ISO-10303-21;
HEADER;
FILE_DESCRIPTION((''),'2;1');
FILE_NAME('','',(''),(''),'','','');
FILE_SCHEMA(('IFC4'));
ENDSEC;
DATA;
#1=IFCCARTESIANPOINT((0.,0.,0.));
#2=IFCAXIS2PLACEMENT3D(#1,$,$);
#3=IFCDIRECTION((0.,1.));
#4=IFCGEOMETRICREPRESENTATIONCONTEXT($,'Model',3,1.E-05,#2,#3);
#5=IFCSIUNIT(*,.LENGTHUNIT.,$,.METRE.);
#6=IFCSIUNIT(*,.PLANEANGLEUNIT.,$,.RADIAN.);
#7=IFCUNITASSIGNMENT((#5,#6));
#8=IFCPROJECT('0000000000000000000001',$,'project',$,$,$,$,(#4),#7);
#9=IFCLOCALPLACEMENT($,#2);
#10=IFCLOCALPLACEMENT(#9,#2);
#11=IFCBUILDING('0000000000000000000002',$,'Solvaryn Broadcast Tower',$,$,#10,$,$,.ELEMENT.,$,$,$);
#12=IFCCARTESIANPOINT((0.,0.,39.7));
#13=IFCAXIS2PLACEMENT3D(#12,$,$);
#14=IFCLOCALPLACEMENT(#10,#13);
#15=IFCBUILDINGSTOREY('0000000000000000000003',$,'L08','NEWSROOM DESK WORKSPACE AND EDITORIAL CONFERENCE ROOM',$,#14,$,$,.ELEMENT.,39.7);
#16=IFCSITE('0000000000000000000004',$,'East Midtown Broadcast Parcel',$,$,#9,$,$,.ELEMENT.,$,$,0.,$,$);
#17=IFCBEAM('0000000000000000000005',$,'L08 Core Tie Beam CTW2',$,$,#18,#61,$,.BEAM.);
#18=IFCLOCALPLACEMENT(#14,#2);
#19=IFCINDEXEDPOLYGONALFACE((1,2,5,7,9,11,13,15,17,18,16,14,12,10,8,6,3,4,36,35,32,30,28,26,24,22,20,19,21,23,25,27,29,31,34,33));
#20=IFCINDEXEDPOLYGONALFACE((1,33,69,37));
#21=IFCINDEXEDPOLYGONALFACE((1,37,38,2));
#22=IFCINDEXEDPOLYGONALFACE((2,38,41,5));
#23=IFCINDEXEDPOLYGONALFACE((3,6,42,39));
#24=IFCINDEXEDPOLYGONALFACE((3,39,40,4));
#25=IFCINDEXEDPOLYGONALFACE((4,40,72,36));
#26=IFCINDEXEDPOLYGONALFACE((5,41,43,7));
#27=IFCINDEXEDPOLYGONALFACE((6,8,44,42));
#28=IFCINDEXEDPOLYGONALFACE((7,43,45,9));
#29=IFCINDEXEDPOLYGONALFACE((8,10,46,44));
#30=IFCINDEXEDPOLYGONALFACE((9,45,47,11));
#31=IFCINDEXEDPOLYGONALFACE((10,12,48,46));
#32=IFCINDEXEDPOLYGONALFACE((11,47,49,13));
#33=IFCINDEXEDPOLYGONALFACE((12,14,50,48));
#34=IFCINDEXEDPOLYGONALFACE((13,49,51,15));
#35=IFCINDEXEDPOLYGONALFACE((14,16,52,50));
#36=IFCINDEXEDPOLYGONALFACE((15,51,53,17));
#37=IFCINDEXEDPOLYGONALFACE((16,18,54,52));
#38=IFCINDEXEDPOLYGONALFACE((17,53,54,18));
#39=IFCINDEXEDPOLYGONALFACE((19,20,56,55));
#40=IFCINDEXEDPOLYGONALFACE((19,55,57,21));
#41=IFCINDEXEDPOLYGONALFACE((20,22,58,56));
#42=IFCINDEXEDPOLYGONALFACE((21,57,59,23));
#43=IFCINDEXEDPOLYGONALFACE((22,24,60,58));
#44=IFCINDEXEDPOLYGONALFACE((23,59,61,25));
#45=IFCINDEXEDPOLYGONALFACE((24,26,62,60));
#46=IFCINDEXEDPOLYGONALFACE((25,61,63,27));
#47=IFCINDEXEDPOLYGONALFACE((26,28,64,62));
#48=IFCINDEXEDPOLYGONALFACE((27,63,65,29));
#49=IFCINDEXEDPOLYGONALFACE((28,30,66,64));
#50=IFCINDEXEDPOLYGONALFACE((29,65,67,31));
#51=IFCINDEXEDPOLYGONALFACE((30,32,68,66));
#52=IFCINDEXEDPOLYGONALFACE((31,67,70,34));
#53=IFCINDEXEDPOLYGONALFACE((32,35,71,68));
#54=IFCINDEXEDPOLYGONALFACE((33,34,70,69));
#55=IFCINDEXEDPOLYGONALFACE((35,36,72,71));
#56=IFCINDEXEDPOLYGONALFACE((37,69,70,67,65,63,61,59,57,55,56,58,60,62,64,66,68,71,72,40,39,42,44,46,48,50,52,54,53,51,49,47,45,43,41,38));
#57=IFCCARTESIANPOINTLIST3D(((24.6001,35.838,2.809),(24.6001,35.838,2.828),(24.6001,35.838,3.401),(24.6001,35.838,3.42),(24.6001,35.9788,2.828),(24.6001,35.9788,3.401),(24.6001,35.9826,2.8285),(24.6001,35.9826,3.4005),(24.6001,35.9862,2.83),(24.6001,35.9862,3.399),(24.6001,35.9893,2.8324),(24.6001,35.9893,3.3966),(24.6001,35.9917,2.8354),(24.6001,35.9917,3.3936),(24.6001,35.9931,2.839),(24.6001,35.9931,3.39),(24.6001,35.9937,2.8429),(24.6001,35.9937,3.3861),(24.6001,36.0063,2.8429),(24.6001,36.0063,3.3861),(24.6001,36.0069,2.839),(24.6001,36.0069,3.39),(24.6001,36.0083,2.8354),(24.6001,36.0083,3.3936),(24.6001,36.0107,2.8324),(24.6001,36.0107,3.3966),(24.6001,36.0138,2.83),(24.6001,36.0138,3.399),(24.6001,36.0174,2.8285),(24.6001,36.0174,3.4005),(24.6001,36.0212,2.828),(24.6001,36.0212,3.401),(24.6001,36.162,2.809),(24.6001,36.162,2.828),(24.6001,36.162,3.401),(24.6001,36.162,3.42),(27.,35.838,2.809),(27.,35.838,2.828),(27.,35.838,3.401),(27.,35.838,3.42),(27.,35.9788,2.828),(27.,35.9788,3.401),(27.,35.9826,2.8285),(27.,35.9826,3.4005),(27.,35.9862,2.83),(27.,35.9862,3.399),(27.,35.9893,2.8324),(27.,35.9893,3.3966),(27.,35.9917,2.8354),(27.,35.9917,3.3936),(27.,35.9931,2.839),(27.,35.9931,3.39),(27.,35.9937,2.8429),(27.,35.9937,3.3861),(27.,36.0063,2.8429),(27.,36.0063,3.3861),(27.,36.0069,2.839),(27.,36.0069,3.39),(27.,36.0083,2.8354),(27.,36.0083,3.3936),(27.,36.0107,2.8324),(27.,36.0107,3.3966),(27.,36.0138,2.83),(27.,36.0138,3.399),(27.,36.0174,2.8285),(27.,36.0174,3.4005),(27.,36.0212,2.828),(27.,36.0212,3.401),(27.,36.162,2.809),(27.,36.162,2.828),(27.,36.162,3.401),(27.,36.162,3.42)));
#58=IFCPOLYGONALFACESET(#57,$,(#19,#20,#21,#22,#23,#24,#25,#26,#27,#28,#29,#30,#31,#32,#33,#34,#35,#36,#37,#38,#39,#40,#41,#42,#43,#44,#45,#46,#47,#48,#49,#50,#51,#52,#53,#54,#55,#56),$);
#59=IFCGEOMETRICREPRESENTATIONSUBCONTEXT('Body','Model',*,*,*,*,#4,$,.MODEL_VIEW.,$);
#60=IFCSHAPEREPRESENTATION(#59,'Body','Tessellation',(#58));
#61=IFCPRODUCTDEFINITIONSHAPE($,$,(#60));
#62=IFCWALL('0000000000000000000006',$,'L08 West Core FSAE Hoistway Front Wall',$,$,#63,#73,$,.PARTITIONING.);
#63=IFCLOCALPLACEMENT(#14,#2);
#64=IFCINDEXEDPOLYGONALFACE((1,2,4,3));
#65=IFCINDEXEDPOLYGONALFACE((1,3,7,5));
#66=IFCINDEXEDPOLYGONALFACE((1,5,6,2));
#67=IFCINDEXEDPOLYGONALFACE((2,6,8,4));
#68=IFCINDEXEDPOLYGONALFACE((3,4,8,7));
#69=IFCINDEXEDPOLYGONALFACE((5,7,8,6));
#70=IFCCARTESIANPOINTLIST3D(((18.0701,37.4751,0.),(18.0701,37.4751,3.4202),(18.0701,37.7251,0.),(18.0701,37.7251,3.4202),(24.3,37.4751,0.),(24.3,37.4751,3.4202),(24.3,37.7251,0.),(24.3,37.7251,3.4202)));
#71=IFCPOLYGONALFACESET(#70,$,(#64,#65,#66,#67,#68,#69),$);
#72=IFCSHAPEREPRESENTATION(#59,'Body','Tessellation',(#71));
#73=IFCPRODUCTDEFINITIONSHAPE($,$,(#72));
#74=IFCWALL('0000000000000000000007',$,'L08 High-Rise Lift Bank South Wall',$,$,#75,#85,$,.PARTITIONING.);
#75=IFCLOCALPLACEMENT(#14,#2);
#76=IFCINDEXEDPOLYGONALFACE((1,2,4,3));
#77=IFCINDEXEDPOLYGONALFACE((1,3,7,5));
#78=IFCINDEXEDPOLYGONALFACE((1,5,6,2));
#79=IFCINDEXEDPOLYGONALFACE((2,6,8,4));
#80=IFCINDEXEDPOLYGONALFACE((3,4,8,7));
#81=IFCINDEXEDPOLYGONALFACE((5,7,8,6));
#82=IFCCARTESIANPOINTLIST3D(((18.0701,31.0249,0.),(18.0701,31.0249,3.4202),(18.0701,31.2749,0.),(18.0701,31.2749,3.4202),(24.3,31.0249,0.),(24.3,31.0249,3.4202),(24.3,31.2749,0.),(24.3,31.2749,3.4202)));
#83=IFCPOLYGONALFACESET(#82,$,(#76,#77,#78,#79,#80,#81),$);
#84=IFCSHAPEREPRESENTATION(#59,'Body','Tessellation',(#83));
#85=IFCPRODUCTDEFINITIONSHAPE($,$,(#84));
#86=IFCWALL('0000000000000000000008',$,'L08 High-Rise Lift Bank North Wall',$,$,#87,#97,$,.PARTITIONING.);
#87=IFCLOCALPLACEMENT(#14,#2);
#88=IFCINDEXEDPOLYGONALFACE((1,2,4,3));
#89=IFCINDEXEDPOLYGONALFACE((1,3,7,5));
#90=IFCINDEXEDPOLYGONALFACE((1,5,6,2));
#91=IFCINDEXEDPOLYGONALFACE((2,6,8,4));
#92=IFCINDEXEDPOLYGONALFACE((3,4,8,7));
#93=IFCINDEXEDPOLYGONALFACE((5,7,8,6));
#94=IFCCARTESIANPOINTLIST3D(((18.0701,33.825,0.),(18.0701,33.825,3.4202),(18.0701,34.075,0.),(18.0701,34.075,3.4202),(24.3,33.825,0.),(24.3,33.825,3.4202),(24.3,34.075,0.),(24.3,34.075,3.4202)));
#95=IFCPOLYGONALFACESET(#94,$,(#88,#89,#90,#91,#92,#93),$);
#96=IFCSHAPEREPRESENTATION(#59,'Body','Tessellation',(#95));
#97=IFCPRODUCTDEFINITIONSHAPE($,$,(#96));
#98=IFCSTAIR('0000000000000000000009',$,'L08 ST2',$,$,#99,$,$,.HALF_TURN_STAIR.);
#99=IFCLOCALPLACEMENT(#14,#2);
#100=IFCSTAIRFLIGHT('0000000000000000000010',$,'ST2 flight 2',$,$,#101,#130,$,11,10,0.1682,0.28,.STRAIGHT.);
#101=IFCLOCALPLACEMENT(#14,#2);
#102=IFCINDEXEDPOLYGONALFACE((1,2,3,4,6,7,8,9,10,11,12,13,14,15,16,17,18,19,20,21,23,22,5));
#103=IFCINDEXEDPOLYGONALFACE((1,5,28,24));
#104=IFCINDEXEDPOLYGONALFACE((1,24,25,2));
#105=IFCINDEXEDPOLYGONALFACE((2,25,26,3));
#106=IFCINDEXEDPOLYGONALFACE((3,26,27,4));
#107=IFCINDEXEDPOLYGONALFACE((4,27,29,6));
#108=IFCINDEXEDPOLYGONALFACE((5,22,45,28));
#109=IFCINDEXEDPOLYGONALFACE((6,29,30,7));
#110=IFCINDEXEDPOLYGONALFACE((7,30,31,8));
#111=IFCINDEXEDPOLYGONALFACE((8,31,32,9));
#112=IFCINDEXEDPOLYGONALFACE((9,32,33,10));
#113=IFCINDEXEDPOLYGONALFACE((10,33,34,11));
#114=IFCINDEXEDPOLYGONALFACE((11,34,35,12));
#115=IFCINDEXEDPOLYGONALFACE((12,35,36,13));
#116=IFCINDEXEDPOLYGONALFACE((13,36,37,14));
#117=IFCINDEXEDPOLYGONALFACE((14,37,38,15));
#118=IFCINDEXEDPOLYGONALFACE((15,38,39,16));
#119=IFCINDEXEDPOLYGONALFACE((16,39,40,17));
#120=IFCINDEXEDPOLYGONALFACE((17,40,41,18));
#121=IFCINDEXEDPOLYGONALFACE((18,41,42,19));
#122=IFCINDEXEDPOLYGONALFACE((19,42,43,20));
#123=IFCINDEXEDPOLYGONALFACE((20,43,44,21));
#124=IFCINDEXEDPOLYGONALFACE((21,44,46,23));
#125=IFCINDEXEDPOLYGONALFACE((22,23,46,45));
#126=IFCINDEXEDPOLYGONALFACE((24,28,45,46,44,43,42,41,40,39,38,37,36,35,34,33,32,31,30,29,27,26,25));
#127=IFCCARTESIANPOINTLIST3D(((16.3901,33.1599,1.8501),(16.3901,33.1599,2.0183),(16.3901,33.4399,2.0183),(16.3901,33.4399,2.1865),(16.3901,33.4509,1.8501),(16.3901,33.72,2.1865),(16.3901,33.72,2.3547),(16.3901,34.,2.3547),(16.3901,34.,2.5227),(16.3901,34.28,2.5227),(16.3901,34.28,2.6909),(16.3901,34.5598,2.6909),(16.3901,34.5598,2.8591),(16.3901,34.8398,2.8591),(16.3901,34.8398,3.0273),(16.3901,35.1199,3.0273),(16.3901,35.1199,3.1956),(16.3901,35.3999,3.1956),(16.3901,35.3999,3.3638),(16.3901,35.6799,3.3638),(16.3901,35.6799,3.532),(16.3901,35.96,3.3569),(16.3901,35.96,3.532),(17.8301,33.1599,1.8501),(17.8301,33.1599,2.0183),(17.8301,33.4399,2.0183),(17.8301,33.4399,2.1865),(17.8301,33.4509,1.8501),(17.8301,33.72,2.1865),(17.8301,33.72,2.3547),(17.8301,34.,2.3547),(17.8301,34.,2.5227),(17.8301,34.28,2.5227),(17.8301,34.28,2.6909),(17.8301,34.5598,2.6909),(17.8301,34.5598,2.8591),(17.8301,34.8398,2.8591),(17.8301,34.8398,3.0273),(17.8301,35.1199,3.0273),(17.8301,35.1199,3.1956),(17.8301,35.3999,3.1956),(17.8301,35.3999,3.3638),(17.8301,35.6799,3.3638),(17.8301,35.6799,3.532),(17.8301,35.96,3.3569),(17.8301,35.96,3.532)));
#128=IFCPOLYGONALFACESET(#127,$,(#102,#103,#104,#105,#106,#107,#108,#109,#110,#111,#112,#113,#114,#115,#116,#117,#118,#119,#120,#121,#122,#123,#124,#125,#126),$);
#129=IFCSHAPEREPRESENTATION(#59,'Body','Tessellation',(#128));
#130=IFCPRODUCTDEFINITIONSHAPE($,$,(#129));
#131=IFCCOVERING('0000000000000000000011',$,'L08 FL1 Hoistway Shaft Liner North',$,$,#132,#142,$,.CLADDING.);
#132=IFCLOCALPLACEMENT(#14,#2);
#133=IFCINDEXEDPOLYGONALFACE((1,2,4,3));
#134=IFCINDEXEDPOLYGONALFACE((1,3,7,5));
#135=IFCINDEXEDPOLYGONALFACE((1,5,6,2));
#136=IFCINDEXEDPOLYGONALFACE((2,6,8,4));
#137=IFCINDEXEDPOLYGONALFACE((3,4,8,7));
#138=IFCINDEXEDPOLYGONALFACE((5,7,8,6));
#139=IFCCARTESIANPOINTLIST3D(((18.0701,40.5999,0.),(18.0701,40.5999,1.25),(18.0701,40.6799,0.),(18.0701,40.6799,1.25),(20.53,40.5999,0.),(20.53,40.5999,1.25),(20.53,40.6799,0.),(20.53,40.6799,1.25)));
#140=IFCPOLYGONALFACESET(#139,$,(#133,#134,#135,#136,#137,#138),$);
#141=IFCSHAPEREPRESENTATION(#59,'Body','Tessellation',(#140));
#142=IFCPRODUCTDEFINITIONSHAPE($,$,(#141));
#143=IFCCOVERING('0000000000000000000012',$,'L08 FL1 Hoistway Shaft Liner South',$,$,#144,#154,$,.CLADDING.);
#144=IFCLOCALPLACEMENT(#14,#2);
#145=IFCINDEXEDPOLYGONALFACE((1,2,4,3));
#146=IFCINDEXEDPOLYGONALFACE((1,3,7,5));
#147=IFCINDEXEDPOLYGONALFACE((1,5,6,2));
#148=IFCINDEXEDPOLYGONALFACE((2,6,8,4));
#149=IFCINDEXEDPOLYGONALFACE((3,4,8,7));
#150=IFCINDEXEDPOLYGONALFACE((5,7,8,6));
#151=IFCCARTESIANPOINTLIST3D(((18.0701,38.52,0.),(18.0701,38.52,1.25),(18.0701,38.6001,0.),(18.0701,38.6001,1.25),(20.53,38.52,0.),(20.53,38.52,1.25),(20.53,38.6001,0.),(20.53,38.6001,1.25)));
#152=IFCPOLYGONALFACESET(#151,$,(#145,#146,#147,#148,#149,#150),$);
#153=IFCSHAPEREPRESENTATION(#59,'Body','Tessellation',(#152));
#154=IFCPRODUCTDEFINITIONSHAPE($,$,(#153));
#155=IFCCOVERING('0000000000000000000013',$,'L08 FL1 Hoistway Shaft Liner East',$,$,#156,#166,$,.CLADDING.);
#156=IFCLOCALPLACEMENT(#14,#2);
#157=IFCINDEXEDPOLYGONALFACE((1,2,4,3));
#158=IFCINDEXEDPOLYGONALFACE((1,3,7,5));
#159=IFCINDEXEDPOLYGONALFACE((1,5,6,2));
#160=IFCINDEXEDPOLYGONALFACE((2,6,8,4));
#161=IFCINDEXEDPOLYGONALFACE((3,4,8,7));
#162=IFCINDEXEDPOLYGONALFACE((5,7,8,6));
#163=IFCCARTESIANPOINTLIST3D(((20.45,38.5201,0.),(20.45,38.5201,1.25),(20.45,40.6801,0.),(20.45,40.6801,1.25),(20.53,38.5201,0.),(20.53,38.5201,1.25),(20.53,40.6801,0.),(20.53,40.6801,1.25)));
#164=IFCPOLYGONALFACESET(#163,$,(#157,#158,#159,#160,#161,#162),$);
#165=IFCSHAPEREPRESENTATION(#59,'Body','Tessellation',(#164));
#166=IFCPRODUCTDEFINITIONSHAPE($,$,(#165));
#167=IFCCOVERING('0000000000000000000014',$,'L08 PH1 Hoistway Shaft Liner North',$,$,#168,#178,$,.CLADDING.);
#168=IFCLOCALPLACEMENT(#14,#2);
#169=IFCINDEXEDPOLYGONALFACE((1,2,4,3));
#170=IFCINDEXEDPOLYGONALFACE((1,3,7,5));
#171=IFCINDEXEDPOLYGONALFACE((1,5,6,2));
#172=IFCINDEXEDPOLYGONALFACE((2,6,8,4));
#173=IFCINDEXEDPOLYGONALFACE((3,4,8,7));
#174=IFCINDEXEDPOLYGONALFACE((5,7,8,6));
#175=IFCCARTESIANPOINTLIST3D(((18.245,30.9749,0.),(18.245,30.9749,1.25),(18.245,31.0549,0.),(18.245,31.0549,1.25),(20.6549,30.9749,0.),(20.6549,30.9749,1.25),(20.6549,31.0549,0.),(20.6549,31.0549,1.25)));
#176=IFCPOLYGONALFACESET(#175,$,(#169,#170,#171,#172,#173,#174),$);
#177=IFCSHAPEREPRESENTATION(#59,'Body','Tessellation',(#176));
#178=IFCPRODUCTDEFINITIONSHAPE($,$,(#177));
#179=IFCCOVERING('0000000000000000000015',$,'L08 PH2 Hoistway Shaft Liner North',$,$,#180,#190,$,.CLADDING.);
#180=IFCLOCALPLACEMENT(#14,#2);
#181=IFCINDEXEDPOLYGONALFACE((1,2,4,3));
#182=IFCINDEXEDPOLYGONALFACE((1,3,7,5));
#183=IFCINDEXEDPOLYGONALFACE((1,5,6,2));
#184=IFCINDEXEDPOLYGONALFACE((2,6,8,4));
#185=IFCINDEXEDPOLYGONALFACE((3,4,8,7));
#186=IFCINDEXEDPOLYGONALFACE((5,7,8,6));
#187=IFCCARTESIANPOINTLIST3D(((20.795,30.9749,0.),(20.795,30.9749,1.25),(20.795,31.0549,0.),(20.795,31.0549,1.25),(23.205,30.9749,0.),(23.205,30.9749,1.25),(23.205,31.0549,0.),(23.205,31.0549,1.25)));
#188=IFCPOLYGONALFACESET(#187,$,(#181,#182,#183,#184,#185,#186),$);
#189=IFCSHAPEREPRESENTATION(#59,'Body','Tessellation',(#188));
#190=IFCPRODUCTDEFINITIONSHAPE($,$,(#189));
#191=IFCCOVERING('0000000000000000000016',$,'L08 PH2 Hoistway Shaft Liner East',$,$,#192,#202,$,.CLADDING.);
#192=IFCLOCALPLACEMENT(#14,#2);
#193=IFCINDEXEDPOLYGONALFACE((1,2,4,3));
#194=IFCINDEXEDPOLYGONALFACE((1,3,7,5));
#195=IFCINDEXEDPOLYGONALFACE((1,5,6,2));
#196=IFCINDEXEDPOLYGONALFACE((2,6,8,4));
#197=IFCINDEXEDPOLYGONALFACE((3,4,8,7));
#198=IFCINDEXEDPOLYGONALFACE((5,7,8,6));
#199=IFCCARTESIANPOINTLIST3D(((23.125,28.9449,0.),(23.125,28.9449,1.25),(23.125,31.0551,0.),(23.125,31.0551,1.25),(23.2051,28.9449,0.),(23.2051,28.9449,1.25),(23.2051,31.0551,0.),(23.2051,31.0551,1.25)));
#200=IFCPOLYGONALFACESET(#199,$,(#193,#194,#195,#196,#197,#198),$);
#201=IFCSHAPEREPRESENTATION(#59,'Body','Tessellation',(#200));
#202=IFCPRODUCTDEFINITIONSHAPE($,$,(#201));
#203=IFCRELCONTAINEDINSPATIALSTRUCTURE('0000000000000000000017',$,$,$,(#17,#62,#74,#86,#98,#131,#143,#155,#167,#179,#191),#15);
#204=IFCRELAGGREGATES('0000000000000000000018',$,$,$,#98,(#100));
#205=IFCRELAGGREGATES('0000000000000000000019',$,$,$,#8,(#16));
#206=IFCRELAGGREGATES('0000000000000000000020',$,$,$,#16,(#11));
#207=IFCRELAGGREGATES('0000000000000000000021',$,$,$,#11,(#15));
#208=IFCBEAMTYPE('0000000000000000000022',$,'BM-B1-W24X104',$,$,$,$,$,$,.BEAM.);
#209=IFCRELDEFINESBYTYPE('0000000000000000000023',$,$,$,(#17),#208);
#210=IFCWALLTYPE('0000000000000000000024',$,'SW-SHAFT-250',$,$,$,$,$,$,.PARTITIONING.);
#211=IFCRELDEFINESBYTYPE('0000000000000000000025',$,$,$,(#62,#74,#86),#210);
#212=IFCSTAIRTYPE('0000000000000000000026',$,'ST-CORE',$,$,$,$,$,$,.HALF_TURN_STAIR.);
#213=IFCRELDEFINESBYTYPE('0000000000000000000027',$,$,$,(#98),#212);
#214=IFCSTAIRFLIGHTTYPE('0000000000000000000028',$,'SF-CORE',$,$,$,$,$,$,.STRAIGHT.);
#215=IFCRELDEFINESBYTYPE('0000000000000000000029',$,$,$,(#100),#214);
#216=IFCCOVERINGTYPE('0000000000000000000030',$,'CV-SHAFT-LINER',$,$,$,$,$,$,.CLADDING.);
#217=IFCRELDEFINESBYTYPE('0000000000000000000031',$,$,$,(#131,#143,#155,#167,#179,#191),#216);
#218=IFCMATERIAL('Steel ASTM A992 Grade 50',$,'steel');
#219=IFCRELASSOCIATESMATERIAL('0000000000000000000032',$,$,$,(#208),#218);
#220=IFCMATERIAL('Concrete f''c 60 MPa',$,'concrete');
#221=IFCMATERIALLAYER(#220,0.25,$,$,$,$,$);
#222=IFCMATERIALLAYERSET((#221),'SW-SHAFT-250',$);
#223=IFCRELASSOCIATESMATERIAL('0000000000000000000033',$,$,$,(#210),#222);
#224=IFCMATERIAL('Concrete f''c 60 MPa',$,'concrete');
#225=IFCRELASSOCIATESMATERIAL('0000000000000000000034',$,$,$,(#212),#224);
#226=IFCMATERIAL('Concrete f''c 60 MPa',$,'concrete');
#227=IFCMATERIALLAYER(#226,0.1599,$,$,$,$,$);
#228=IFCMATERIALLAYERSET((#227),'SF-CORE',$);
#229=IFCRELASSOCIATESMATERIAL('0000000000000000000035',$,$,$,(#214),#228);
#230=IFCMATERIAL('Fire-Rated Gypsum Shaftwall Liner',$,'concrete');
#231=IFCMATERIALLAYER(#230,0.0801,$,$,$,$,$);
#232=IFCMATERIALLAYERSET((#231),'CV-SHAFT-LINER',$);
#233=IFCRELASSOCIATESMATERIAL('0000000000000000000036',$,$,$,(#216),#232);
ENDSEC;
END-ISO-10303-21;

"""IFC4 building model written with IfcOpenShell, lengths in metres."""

from ifc_helpers import new_model, si_unit, direction, frame, frame_2d, origin, origin_2d, place, context, subcontext, project, spatial, polyline, rectangle, i_section, outline, extrude, material, layer, layer_set, material_profile, profile_set, type_object, element, aggregate, save


model = new_model("IFC4")

# Units and contexts
model_context = context("Model", 3, precision=1e-05, world=origin(), true_north=direction((0.0, 1.0)))
body_context = subcontext(model_context, "Body", "Model", "MODEL_VIEW")
ifc_project = project(units=[si_unit("LENGTHUNIT", "METRE"), si_unit("PLANEANGLEUNIT", "RADIAN")], contexts=[model_context])

# Site, building, storey
site_placement = place(None, origin())
site = spatial("IfcSite", under=ifc_project, at=site_placement, Name="East Midtown Broadcast Parcel", CompositionType="ELEMENT", RefElevation=0.0)
building_placement = place(site_placement, origin())
building = spatial("IfcBuilding", under=site, at=building_placement, Name="Solvaryn Broadcast Tower", CompositionType="ELEMENT")
storey_placement = place(building_placement, frame((0.0, 0.0, 39.7)))
storey = spatial("IfcBuildingStorey", under=building, at=storey_placement, Name="L08", Description="NEWSROOM DESK WORKSPACE AND EDITORIAL CONFERENCE ROOM", CompositionType="ELEMENT", Elevation=39.7)

# Beam
ifc_material_1 = material(Name="Steel ASTM A992 Grade 50", Category="steel")
ifc_material_profile = material_profile(ifc_material_1, i_section(OverallWidth=0.324, OverallDepth=0.6111, WebThickness=0.0127, FlangeThickness=0.019, FilletRadius=0.0149, at=origin_2d()))
ifc_profile_set = profile_set([ifc_material_profile], Name="Steel ASTM A992 Grade 50")
beam_type = type_object("IfcBeamType", Name="BM-B1-W24X104", PredefinedType="BEAM", material=ifc_profile_set)
beam_placement = place(storey_placement, frame((24.6001, 36.0, 3.1145), z_axis=(1.0, 0.0, 0.0), x_axis=(0.0, 1.0, 0.0)))
element("IfcBeam", 1, at=beam_placement, inside=storey, type_object=beam_type, Name="L08 Core Tie Beam CTW2", PredefinedType="BEAM", context=body_context, shape_type="SweptSolid", body=[
    extrude(i_section(OverallWidth=0.324, OverallDepth=0.6111, WebThickness=0.0127, FlangeThickness=0.019, FilletRadius=0.0149, at=origin_2d()), origin(), (0.0, 0.0, 1.0), 2.3999),
])

# Walls
ifc_material_2 = material(Name="Concrete f'c 60 MPa", Category="concrete")
ifc_layer_1 = layer(ifc_material_2, 0.25)
ifc_layer_set_1 = layer_set([ifc_layer_1], Name="SW-SHAFT-250")
wall_type_1 = type_object("IfcWallType", Name="SW-SHAFT-250", PredefinedType="PARTITIONING", material=ifc_layer_set_1)
for number, where, z_axis, x_axis, name in (
    (2, (18.0701, 37.6001, 0.0), (0.0, 0.0, 1.0), (1.0, 0.0, 0.0), "L08 West Core FSAE Hoistway Front Wall"),
    (3, (18.0701, 31.1499, 0.0), (0.0, 0.0, 1.0), (1.0, 0.0, 0.0), "L08 High-Rise Lift Bank South Wall"),
    (4, (24.3, 33.95, 0.0), (0.0, 0.0, 1.0), (-1.0, 0.0, 0.0), "L08 High-Rise Lift Bank North Wall"),
):
    element("IfcWall", number, at=place(storey_placement, frame(where, z_axis=z_axis, x_axis=x_axis)), inside=storey, type_object=wall_type_1, Name=name, PredefinedType="PARTITIONING", context=body_context, shape_type="SweptSolid", body=[
        extrude(rectangle(XDim=6.23, YDim=0.25, at=frame_2d((3.115, 0.0))), origin(), (0.0, 0.0, 1.0), 3.4202),
    ])

# Stair, stair flight
ifc_material_3 = material(Name="Concrete f'c 60 MPa", Category="concrete")
stair_type = type_object("IfcStairType", Name="ST-CORE", PredefinedType="HALF_TURN_STAIR", material=ifc_material_3)
stair_placement = place(storey_placement, origin())
stair = element("IfcStair", 5, at=stair_placement, inside=storey, type_object=stair_type, Name="L08 ST2", PredefinedType="HALF_TURN_STAIR")
ifc_material_4 = material(Name="Concrete f'c 60 MPa", Category="concrete")
ifc_layer_2 = layer(ifc_material_4, 0.1599)
ifc_layer_set_2 = layer_set([ifc_layer_2], Name="SF-CORE")
stair_flight_type = type_object("IfcStairFlightType", Name="SF-CORE", PredefinedType="STRAIGHT", material=ifc_layer_set_2)
stair_flight_placement = place(storey_placement, frame((17.1101, 33.1599, 1.8501), z_axis=(0.0, 0.0, 1.0), x_axis=(0.0, 1.0, 0.0)))
stair_flight = element("IfcStairFlight", 6, at=stair_flight_placement, type_object=stair_flight_type, Name="ST2 flight 2", NumberOfRisers=11, NumberOfTreads=10, PredefinedType="STRAIGHT", RiserHeight=0.1682, TreadLength=0.28, context=body_context, shape_type="SweptSolid", body=[
    extrude(outline(polyline([(0.0, 0.0), (0.0, 0.1682), (0.28, 0.1682), (0.28, 0.3364), (0.5601, 0.3364), (0.5601, 0.5046), (0.8401, 0.5046), (0.8401, 0.6726), (1.1201, 0.6726), (1.1201, 0.8408), (1.3999, 0.8408), (1.3999, 1.009), (1.6799, 1.009), (1.6799, 1.1772), (1.96, 1.1772), (1.96, 1.3455), (2.24, 1.3455), (2.24, 1.5137), (2.52, 1.5137), (2.52, 1.6819), (2.8, 1.6819), (2.8, 1.8501), (2.8, 1.5068), (0.291, 0.0), (0.0, 0.0)])), frame((0.0, 0.72, 0.0), z_axis=(0.0, -1.0, 0.0), x_axis=(1.0, 0.0, 0.0)), (0.0, 0.0, 1.0), 1.4399),
])
aggregate(stair, [stair_flight])

# Coverings
ifc_material_5 = material(Name="Fire-Rated Gypsum Shaftwall Liner", Category="concrete")
ifc_layer_3 = layer(ifc_material_5, 0.0801)
ifc_layer_set_3 = layer_set([ifc_layer_3], Name="CV-SHAFT-LINER")
covering_type = type_object("IfcCoveringType", Name="CV-SHAFT-LINER", PredefinedType="CLADDING", material=ifc_layer_set_3)
for number, where, z_axis, x_axis, name in (
    (7, (19.3, 40.6399, 0.0), (0.0, 0.0, 1.0), (1.0, 0.0, 0.0), "L08 FL1 Hoistway Shaft Liner North"),
    (8, (19.3, 38.5601, 0.0), (0.0, 0.0, 1.0), (1.0, 0.0, 0.0), "L08 FL1 Hoistway Shaft Liner South"),
):
    element("IfcCovering", number, at=place(storey_placement, frame(where, z_axis=z_axis, x_axis=x_axis)), inside=storey, type_object=covering_type, Name=name, PredefinedType="CLADDING", context=body_context, shape_type="SweptSolid", body=[
        extrude(rectangle(XDim=2.46, YDim=0.0801, at=origin_2d()), origin(), (0.0, 0.0, 1.0), 1.25),
    ])
covering_1_placement = place(storey_placement, frame((20.49, 39.6001, 0.0), z_axis=(0.0, 0.0, 1.0), x_axis=(1.0, 0.0, 0.0)))
element("IfcCovering", 9, at=covering_1_placement, inside=storey, type_object=covering_type, Name="L08 FL1 Hoistway Shaft Liner East", PredefinedType="CLADDING", context=body_context, shape_type="SweptSolid", body=[
    extrude(rectangle(XDim=0.0801, YDim=2.1599, at=origin_2d()), origin(), (0.0, 0.0, 1.0), 1.25),
])
for number, where, z_axis, x_axis, name in (
    (10, (19.45, 31.0149, 0.0), (0.0, 0.0, 1.0), (1.0, 0.0, 0.0), "L08 PH1 Hoistway Shaft Liner North"),
    (11, (22.0, 31.0149, 0.0), (0.0, 0.0, 1.0), (1.0, 0.0, 0.0), "L08 PH2 Hoistway Shaft Liner North"),
):
    element("IfcCovering", number, at=place(storey_placement, frame(where, z_axis=z_axis, x_axis=x_axis)), inside=storey, type_object=covering_type, Name=name, PredefinedType="CLADDING", context=body_context, shape_type="SweptSolid", body=[
        extrude(rectangle(XDim=2.4099, YDim=0.0801, at=origin_2d()), origin(), (0.0, 0.0, 1.0), 1.25),
    ])
covering_2_placement = place(storey_placement, frame((23.165, 30.0, 0.0), z_axis=(0.0, 0.0, 1.0), x_axis=(1.0, 0.0, 0.0)))
element("IfcCovering", 12, at=covering_2_placement, inside=storey, type_object=covering_type, Name="L08 PH2 Hoistway Shaft Liner East", PredefinedType="CLADDING", context=body_context, shape_type="SweptSolid", body=[
    extrude(rectangle(XDim=0.0801, YDim=2.1101, at=origin_2d()), origin(), (0.0, 0.0, 1.0), 1.25),
])

save(model, "model.ifc")
